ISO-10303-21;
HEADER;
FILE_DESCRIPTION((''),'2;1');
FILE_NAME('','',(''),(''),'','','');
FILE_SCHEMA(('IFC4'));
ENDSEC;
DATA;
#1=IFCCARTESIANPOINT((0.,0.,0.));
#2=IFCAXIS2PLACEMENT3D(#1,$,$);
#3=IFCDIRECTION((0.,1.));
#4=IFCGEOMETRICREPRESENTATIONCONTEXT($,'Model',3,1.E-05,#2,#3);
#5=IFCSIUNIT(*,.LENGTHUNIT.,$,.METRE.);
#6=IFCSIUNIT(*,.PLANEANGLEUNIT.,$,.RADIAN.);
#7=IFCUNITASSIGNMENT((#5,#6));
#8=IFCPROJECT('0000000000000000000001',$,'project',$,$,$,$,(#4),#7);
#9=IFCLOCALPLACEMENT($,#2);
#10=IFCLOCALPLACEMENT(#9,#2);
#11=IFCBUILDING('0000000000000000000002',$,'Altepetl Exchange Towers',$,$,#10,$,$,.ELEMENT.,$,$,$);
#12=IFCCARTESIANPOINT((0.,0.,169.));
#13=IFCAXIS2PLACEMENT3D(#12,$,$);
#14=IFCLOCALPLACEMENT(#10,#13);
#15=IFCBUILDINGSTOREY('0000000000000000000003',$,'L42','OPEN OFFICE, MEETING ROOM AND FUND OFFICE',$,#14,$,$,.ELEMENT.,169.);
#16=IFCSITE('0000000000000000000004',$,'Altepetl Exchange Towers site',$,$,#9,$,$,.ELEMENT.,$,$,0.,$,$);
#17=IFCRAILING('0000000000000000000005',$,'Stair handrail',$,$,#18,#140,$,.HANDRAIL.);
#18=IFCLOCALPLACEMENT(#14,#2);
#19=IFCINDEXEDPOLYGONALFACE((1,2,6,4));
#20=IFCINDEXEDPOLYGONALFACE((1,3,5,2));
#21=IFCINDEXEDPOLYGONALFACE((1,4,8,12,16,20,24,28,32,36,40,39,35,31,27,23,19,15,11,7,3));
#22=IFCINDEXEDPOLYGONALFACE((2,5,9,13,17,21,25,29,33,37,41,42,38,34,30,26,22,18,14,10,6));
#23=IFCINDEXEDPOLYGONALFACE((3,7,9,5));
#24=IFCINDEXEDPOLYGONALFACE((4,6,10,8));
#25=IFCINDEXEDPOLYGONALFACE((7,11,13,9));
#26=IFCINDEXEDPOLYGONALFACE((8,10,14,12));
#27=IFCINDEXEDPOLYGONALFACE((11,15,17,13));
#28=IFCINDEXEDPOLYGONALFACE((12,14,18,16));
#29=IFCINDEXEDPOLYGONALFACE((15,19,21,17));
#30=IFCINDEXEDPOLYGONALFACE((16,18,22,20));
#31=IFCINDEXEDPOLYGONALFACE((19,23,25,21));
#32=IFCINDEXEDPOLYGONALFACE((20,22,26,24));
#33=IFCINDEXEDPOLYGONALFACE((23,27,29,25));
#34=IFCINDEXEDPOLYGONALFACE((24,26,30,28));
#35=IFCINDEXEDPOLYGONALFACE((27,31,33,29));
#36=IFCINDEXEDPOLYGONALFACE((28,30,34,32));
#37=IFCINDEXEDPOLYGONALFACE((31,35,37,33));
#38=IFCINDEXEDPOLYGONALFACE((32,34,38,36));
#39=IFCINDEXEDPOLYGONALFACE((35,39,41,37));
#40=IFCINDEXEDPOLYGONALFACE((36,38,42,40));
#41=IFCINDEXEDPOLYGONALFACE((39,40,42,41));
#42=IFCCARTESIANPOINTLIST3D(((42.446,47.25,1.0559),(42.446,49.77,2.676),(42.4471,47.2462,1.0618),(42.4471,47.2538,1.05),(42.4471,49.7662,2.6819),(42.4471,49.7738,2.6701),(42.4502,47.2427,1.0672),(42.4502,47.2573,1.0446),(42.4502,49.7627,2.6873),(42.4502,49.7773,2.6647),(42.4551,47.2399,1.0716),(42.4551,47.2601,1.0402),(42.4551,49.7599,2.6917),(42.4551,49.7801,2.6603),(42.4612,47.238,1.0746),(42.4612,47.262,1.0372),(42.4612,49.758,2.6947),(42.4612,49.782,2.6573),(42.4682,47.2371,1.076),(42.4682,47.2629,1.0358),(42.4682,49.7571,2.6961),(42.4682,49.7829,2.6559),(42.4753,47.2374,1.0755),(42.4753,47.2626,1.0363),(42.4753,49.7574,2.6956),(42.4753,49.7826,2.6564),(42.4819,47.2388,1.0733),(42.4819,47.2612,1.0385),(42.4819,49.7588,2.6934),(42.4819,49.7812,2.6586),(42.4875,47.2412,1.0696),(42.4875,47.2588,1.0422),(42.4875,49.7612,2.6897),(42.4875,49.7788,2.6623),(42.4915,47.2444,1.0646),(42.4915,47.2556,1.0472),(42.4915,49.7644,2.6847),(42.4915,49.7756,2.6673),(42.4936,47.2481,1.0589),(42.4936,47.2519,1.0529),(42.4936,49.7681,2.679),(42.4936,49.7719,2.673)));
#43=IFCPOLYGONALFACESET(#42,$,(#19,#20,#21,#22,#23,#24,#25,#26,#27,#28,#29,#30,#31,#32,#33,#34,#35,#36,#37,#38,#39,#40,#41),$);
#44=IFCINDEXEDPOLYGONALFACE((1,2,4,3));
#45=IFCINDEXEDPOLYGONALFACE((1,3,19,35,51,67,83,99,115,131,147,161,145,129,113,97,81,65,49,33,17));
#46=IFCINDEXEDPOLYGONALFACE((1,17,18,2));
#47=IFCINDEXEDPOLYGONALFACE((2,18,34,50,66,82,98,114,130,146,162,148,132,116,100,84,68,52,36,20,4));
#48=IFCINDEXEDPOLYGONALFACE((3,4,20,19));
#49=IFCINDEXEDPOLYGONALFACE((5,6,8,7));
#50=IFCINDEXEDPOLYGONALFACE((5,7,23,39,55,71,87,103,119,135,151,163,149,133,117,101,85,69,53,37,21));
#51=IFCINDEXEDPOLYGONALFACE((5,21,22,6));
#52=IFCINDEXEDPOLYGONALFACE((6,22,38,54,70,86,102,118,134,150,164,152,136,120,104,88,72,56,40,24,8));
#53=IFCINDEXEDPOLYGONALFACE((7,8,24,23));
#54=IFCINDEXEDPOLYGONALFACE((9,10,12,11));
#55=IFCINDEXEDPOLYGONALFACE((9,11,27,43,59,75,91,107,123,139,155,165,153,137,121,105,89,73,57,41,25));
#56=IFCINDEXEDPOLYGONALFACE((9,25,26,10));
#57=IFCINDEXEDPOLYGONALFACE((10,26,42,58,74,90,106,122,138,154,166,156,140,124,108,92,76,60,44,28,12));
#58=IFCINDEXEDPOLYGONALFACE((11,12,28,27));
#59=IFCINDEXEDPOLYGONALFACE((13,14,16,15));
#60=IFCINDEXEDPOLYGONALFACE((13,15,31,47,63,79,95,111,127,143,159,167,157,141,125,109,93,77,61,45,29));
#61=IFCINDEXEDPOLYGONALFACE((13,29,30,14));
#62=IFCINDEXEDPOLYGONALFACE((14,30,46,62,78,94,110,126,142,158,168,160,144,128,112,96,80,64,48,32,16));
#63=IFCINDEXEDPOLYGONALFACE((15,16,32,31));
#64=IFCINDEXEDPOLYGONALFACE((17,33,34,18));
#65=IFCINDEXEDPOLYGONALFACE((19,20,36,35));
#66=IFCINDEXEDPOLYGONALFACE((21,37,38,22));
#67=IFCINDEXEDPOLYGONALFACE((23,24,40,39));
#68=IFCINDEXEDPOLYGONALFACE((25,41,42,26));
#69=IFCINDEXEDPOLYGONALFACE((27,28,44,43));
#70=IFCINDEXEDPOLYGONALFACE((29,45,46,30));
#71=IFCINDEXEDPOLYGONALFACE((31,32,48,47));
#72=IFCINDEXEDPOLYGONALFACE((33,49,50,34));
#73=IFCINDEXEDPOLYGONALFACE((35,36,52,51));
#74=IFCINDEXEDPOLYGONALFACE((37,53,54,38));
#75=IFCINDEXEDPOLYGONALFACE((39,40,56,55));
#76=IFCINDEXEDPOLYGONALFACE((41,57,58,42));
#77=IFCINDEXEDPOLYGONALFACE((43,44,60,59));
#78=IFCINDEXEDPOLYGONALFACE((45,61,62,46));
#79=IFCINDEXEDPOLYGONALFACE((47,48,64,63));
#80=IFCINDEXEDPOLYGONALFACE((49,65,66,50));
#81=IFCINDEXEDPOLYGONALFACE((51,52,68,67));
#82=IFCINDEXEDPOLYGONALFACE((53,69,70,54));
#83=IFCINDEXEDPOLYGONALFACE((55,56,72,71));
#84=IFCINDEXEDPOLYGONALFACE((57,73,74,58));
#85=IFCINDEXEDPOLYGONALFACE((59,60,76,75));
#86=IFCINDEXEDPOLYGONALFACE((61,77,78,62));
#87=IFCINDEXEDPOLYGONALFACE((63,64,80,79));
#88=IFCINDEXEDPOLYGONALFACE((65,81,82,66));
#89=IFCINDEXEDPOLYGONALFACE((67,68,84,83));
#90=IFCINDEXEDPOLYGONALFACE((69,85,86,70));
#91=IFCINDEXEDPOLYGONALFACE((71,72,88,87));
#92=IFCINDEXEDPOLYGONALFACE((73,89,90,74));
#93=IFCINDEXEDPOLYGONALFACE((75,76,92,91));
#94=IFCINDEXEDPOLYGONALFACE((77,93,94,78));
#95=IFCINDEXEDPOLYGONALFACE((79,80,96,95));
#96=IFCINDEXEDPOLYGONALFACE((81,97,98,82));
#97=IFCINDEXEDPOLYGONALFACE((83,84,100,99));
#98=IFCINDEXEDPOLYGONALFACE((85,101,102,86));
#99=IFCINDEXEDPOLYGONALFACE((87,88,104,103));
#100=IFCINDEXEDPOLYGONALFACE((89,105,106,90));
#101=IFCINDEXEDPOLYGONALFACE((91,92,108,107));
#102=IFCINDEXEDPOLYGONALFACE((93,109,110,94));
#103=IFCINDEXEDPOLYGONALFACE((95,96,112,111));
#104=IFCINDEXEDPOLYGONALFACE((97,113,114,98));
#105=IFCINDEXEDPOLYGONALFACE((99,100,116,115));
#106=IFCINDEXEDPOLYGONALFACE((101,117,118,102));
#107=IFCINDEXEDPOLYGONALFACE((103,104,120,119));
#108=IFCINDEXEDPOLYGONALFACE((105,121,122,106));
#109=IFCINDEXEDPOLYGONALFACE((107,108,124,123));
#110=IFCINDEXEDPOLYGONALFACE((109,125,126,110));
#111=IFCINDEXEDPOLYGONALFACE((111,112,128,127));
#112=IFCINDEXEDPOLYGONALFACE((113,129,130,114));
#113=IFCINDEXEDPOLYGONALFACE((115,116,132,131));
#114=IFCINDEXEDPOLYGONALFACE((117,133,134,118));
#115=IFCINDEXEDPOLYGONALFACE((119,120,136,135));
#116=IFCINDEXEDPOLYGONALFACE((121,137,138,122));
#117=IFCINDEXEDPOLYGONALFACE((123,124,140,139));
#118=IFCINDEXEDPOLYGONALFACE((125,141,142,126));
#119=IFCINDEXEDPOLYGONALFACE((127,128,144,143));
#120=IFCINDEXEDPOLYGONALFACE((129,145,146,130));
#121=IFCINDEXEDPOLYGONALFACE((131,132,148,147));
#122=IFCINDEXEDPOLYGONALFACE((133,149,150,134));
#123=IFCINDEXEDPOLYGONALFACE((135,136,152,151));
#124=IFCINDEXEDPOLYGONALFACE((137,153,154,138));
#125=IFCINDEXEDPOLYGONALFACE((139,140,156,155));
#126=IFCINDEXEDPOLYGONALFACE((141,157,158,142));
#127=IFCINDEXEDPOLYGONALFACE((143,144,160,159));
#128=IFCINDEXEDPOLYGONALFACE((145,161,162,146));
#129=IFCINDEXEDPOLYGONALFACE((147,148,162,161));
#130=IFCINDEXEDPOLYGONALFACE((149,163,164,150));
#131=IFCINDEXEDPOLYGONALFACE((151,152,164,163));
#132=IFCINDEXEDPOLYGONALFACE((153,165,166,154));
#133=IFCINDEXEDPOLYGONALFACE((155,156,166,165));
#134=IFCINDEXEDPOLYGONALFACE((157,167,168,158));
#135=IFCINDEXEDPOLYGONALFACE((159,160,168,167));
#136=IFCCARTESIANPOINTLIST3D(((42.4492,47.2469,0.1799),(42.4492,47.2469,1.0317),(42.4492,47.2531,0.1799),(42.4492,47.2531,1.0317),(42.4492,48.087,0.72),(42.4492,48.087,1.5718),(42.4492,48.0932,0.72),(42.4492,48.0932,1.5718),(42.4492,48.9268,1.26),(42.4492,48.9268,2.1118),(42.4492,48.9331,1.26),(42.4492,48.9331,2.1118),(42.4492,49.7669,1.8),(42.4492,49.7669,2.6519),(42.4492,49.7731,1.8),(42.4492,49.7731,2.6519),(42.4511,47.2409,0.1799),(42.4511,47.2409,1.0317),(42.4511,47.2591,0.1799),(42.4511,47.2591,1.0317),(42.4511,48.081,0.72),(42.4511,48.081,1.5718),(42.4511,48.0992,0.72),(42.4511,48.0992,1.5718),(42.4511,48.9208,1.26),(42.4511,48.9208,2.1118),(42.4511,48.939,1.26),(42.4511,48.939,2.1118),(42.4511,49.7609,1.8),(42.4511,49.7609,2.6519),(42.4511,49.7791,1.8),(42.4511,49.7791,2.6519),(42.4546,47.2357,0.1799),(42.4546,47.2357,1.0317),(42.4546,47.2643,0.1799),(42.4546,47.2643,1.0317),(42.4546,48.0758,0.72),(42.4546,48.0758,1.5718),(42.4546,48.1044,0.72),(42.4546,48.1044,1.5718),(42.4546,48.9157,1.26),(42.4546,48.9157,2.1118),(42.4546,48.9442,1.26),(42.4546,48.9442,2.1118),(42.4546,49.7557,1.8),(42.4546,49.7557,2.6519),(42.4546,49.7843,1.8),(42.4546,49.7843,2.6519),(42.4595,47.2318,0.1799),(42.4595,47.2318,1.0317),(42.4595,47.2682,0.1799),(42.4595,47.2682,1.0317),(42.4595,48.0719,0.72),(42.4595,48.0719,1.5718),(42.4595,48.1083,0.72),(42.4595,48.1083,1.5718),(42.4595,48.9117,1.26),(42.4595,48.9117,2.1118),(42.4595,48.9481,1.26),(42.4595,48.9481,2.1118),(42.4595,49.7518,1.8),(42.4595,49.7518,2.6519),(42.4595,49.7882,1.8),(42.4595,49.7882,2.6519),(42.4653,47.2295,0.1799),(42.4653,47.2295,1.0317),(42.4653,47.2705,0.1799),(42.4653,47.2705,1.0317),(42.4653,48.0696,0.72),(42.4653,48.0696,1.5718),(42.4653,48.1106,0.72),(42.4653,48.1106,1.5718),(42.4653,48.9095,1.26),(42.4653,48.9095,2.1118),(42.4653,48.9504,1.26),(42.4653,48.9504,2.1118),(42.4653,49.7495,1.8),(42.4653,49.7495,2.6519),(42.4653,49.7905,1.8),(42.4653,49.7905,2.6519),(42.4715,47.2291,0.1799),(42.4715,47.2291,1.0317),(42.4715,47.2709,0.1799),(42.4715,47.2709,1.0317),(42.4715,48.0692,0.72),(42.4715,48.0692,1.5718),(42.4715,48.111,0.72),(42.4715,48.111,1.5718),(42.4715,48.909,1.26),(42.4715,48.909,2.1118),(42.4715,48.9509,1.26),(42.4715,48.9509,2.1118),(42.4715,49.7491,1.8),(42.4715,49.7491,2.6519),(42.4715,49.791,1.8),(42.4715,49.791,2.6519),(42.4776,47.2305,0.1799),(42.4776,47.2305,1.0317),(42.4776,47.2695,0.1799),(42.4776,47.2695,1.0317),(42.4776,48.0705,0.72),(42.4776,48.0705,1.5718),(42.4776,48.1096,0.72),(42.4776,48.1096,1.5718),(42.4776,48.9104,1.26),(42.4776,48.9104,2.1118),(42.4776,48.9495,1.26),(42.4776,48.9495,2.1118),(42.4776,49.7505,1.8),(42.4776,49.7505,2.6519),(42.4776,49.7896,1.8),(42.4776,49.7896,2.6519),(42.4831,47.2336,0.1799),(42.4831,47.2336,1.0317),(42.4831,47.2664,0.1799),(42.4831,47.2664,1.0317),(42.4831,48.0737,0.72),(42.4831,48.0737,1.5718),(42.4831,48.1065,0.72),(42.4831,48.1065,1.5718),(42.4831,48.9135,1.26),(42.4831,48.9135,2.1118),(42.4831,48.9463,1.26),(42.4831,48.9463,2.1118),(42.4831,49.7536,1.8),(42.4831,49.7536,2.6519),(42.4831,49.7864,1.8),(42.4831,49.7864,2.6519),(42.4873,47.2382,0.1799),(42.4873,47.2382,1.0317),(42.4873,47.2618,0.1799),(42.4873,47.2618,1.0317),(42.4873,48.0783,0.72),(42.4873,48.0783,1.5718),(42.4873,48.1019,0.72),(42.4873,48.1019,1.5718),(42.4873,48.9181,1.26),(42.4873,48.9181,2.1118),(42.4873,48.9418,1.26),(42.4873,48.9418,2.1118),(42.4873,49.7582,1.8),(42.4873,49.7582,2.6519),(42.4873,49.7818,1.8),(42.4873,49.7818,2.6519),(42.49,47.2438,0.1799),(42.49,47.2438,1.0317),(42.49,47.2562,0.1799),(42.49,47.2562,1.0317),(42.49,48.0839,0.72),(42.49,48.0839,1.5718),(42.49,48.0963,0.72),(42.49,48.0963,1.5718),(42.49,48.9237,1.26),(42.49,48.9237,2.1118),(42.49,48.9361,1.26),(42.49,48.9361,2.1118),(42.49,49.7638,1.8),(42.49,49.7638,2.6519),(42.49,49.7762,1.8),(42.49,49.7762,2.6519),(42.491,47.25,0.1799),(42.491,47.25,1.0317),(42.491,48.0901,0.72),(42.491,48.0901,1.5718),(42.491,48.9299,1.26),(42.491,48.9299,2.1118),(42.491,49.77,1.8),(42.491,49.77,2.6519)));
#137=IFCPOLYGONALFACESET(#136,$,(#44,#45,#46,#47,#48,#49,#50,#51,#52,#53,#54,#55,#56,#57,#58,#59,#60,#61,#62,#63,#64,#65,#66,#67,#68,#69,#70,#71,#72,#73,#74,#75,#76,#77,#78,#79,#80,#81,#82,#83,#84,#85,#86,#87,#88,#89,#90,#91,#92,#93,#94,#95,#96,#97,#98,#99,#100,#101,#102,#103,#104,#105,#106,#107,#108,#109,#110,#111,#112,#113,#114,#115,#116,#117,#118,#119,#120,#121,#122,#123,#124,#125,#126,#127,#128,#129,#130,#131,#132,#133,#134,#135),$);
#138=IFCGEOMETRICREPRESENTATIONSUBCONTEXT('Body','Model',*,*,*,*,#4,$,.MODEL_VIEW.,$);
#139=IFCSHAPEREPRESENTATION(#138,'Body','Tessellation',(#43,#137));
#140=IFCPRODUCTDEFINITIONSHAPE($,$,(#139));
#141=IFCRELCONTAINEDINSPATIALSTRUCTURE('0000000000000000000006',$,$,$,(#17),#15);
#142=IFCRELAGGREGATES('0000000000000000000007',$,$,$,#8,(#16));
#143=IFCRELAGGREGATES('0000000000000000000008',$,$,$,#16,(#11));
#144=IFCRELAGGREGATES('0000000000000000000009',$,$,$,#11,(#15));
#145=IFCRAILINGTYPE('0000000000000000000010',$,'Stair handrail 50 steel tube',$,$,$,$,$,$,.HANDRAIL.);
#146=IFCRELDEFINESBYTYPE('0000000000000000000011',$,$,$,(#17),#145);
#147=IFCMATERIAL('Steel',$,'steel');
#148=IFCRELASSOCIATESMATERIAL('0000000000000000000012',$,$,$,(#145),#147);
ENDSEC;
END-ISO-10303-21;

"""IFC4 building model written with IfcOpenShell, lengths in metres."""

from ifc_helpers import new_model, si_unit, direction, frame, origin, origin_2d, place, context, subcontext, project, spatial, circle, extrude, source, transform, mapped, material, type_object, element, save


model = new_model("IFC4")

# Units and contexts
model_context = context("Model", 3, precision=1e-05, world=origin(), true_north=direction((0.0, 1.0)))
body_context = subcontext(model_context, "Body", "Model", "MODEL_VIEW")
ifc_project = project(units=[si_unit("LENGTHUNIT", "METRE"), si_unit("PLANEANGLEUNIT", "RADIAN")], contexts=[model_context])

# Site, building, storey
site_placement = place(None, origin())
site = spatial("IfcSite", under=ifc_project, at=site_placement, Name="Altepetl Exchange Towers site", CompositionType="ELEMENT", RefElevation=0.0)
building_placement = place(site_placement, origin())
building = spatial("IfcBuilding", under=site, at=building_placement, Name="Altepetl Exchange Towers", CompositionType="ELEMENT")
storey_placement = place(building_placement, frame((0.0, 0.0, 169.0)))
storey = spatial("IfcBuildingStorey", under=building, at=storey_placement, Name="L42", Description="OPEN OFFICE, MEETING ROOM AND FUND OFFICE", CompositionType="ELEMENT", Elevation=169.0)

# Railing
ifc_material_1 = material(Name="Steel", Category="steel")
railing_type = type_object("IfcRailingType", Name="Stair handrail 50 steel tube", PredefinedType="HANDRAIL", material=ifc_material_1)
shared_shape = source(origin(), body_context, "Body", "SweptSolid", [
    extrude(circle(Radius=0.021, at=origin_2d()), origin(), (0.0, 0.0, 1.0), 0.8518),
])
railing_1_placement = place(storey_placement, frame((42.47, 47.25, 0.1799)))
element("IfcRailing", 1, at=railing_1_placement, inside=storey, type_object=railing_type, Name="Stair handrail", PredefinedType="HANDRAIL", context=body_context, shape_type="SweptSolid", body=[
    extrude(circle(Radius=0.0239, at=origin_2d()), frame((0.0, 0.0, 0.876), z_axis=(0.0, 0.841163, 0.540782), x_axis=(-1.0, 0.0, 0.0)), (0.0, 0.0, 1.0), 2.9958),
    mapped(shared_shape, transform((0.0, 0.0, 0.0))),
    mapped(shared_shape, transform((0.0, 0.8401, 0.54))),
    mapped(shared_shape, transform((0.0, 1.6799, 1.0801))),
    mapped(shared_shape, transform((0.0, 2.52, 1.6201))),
])

save(model, "model.ifc")
